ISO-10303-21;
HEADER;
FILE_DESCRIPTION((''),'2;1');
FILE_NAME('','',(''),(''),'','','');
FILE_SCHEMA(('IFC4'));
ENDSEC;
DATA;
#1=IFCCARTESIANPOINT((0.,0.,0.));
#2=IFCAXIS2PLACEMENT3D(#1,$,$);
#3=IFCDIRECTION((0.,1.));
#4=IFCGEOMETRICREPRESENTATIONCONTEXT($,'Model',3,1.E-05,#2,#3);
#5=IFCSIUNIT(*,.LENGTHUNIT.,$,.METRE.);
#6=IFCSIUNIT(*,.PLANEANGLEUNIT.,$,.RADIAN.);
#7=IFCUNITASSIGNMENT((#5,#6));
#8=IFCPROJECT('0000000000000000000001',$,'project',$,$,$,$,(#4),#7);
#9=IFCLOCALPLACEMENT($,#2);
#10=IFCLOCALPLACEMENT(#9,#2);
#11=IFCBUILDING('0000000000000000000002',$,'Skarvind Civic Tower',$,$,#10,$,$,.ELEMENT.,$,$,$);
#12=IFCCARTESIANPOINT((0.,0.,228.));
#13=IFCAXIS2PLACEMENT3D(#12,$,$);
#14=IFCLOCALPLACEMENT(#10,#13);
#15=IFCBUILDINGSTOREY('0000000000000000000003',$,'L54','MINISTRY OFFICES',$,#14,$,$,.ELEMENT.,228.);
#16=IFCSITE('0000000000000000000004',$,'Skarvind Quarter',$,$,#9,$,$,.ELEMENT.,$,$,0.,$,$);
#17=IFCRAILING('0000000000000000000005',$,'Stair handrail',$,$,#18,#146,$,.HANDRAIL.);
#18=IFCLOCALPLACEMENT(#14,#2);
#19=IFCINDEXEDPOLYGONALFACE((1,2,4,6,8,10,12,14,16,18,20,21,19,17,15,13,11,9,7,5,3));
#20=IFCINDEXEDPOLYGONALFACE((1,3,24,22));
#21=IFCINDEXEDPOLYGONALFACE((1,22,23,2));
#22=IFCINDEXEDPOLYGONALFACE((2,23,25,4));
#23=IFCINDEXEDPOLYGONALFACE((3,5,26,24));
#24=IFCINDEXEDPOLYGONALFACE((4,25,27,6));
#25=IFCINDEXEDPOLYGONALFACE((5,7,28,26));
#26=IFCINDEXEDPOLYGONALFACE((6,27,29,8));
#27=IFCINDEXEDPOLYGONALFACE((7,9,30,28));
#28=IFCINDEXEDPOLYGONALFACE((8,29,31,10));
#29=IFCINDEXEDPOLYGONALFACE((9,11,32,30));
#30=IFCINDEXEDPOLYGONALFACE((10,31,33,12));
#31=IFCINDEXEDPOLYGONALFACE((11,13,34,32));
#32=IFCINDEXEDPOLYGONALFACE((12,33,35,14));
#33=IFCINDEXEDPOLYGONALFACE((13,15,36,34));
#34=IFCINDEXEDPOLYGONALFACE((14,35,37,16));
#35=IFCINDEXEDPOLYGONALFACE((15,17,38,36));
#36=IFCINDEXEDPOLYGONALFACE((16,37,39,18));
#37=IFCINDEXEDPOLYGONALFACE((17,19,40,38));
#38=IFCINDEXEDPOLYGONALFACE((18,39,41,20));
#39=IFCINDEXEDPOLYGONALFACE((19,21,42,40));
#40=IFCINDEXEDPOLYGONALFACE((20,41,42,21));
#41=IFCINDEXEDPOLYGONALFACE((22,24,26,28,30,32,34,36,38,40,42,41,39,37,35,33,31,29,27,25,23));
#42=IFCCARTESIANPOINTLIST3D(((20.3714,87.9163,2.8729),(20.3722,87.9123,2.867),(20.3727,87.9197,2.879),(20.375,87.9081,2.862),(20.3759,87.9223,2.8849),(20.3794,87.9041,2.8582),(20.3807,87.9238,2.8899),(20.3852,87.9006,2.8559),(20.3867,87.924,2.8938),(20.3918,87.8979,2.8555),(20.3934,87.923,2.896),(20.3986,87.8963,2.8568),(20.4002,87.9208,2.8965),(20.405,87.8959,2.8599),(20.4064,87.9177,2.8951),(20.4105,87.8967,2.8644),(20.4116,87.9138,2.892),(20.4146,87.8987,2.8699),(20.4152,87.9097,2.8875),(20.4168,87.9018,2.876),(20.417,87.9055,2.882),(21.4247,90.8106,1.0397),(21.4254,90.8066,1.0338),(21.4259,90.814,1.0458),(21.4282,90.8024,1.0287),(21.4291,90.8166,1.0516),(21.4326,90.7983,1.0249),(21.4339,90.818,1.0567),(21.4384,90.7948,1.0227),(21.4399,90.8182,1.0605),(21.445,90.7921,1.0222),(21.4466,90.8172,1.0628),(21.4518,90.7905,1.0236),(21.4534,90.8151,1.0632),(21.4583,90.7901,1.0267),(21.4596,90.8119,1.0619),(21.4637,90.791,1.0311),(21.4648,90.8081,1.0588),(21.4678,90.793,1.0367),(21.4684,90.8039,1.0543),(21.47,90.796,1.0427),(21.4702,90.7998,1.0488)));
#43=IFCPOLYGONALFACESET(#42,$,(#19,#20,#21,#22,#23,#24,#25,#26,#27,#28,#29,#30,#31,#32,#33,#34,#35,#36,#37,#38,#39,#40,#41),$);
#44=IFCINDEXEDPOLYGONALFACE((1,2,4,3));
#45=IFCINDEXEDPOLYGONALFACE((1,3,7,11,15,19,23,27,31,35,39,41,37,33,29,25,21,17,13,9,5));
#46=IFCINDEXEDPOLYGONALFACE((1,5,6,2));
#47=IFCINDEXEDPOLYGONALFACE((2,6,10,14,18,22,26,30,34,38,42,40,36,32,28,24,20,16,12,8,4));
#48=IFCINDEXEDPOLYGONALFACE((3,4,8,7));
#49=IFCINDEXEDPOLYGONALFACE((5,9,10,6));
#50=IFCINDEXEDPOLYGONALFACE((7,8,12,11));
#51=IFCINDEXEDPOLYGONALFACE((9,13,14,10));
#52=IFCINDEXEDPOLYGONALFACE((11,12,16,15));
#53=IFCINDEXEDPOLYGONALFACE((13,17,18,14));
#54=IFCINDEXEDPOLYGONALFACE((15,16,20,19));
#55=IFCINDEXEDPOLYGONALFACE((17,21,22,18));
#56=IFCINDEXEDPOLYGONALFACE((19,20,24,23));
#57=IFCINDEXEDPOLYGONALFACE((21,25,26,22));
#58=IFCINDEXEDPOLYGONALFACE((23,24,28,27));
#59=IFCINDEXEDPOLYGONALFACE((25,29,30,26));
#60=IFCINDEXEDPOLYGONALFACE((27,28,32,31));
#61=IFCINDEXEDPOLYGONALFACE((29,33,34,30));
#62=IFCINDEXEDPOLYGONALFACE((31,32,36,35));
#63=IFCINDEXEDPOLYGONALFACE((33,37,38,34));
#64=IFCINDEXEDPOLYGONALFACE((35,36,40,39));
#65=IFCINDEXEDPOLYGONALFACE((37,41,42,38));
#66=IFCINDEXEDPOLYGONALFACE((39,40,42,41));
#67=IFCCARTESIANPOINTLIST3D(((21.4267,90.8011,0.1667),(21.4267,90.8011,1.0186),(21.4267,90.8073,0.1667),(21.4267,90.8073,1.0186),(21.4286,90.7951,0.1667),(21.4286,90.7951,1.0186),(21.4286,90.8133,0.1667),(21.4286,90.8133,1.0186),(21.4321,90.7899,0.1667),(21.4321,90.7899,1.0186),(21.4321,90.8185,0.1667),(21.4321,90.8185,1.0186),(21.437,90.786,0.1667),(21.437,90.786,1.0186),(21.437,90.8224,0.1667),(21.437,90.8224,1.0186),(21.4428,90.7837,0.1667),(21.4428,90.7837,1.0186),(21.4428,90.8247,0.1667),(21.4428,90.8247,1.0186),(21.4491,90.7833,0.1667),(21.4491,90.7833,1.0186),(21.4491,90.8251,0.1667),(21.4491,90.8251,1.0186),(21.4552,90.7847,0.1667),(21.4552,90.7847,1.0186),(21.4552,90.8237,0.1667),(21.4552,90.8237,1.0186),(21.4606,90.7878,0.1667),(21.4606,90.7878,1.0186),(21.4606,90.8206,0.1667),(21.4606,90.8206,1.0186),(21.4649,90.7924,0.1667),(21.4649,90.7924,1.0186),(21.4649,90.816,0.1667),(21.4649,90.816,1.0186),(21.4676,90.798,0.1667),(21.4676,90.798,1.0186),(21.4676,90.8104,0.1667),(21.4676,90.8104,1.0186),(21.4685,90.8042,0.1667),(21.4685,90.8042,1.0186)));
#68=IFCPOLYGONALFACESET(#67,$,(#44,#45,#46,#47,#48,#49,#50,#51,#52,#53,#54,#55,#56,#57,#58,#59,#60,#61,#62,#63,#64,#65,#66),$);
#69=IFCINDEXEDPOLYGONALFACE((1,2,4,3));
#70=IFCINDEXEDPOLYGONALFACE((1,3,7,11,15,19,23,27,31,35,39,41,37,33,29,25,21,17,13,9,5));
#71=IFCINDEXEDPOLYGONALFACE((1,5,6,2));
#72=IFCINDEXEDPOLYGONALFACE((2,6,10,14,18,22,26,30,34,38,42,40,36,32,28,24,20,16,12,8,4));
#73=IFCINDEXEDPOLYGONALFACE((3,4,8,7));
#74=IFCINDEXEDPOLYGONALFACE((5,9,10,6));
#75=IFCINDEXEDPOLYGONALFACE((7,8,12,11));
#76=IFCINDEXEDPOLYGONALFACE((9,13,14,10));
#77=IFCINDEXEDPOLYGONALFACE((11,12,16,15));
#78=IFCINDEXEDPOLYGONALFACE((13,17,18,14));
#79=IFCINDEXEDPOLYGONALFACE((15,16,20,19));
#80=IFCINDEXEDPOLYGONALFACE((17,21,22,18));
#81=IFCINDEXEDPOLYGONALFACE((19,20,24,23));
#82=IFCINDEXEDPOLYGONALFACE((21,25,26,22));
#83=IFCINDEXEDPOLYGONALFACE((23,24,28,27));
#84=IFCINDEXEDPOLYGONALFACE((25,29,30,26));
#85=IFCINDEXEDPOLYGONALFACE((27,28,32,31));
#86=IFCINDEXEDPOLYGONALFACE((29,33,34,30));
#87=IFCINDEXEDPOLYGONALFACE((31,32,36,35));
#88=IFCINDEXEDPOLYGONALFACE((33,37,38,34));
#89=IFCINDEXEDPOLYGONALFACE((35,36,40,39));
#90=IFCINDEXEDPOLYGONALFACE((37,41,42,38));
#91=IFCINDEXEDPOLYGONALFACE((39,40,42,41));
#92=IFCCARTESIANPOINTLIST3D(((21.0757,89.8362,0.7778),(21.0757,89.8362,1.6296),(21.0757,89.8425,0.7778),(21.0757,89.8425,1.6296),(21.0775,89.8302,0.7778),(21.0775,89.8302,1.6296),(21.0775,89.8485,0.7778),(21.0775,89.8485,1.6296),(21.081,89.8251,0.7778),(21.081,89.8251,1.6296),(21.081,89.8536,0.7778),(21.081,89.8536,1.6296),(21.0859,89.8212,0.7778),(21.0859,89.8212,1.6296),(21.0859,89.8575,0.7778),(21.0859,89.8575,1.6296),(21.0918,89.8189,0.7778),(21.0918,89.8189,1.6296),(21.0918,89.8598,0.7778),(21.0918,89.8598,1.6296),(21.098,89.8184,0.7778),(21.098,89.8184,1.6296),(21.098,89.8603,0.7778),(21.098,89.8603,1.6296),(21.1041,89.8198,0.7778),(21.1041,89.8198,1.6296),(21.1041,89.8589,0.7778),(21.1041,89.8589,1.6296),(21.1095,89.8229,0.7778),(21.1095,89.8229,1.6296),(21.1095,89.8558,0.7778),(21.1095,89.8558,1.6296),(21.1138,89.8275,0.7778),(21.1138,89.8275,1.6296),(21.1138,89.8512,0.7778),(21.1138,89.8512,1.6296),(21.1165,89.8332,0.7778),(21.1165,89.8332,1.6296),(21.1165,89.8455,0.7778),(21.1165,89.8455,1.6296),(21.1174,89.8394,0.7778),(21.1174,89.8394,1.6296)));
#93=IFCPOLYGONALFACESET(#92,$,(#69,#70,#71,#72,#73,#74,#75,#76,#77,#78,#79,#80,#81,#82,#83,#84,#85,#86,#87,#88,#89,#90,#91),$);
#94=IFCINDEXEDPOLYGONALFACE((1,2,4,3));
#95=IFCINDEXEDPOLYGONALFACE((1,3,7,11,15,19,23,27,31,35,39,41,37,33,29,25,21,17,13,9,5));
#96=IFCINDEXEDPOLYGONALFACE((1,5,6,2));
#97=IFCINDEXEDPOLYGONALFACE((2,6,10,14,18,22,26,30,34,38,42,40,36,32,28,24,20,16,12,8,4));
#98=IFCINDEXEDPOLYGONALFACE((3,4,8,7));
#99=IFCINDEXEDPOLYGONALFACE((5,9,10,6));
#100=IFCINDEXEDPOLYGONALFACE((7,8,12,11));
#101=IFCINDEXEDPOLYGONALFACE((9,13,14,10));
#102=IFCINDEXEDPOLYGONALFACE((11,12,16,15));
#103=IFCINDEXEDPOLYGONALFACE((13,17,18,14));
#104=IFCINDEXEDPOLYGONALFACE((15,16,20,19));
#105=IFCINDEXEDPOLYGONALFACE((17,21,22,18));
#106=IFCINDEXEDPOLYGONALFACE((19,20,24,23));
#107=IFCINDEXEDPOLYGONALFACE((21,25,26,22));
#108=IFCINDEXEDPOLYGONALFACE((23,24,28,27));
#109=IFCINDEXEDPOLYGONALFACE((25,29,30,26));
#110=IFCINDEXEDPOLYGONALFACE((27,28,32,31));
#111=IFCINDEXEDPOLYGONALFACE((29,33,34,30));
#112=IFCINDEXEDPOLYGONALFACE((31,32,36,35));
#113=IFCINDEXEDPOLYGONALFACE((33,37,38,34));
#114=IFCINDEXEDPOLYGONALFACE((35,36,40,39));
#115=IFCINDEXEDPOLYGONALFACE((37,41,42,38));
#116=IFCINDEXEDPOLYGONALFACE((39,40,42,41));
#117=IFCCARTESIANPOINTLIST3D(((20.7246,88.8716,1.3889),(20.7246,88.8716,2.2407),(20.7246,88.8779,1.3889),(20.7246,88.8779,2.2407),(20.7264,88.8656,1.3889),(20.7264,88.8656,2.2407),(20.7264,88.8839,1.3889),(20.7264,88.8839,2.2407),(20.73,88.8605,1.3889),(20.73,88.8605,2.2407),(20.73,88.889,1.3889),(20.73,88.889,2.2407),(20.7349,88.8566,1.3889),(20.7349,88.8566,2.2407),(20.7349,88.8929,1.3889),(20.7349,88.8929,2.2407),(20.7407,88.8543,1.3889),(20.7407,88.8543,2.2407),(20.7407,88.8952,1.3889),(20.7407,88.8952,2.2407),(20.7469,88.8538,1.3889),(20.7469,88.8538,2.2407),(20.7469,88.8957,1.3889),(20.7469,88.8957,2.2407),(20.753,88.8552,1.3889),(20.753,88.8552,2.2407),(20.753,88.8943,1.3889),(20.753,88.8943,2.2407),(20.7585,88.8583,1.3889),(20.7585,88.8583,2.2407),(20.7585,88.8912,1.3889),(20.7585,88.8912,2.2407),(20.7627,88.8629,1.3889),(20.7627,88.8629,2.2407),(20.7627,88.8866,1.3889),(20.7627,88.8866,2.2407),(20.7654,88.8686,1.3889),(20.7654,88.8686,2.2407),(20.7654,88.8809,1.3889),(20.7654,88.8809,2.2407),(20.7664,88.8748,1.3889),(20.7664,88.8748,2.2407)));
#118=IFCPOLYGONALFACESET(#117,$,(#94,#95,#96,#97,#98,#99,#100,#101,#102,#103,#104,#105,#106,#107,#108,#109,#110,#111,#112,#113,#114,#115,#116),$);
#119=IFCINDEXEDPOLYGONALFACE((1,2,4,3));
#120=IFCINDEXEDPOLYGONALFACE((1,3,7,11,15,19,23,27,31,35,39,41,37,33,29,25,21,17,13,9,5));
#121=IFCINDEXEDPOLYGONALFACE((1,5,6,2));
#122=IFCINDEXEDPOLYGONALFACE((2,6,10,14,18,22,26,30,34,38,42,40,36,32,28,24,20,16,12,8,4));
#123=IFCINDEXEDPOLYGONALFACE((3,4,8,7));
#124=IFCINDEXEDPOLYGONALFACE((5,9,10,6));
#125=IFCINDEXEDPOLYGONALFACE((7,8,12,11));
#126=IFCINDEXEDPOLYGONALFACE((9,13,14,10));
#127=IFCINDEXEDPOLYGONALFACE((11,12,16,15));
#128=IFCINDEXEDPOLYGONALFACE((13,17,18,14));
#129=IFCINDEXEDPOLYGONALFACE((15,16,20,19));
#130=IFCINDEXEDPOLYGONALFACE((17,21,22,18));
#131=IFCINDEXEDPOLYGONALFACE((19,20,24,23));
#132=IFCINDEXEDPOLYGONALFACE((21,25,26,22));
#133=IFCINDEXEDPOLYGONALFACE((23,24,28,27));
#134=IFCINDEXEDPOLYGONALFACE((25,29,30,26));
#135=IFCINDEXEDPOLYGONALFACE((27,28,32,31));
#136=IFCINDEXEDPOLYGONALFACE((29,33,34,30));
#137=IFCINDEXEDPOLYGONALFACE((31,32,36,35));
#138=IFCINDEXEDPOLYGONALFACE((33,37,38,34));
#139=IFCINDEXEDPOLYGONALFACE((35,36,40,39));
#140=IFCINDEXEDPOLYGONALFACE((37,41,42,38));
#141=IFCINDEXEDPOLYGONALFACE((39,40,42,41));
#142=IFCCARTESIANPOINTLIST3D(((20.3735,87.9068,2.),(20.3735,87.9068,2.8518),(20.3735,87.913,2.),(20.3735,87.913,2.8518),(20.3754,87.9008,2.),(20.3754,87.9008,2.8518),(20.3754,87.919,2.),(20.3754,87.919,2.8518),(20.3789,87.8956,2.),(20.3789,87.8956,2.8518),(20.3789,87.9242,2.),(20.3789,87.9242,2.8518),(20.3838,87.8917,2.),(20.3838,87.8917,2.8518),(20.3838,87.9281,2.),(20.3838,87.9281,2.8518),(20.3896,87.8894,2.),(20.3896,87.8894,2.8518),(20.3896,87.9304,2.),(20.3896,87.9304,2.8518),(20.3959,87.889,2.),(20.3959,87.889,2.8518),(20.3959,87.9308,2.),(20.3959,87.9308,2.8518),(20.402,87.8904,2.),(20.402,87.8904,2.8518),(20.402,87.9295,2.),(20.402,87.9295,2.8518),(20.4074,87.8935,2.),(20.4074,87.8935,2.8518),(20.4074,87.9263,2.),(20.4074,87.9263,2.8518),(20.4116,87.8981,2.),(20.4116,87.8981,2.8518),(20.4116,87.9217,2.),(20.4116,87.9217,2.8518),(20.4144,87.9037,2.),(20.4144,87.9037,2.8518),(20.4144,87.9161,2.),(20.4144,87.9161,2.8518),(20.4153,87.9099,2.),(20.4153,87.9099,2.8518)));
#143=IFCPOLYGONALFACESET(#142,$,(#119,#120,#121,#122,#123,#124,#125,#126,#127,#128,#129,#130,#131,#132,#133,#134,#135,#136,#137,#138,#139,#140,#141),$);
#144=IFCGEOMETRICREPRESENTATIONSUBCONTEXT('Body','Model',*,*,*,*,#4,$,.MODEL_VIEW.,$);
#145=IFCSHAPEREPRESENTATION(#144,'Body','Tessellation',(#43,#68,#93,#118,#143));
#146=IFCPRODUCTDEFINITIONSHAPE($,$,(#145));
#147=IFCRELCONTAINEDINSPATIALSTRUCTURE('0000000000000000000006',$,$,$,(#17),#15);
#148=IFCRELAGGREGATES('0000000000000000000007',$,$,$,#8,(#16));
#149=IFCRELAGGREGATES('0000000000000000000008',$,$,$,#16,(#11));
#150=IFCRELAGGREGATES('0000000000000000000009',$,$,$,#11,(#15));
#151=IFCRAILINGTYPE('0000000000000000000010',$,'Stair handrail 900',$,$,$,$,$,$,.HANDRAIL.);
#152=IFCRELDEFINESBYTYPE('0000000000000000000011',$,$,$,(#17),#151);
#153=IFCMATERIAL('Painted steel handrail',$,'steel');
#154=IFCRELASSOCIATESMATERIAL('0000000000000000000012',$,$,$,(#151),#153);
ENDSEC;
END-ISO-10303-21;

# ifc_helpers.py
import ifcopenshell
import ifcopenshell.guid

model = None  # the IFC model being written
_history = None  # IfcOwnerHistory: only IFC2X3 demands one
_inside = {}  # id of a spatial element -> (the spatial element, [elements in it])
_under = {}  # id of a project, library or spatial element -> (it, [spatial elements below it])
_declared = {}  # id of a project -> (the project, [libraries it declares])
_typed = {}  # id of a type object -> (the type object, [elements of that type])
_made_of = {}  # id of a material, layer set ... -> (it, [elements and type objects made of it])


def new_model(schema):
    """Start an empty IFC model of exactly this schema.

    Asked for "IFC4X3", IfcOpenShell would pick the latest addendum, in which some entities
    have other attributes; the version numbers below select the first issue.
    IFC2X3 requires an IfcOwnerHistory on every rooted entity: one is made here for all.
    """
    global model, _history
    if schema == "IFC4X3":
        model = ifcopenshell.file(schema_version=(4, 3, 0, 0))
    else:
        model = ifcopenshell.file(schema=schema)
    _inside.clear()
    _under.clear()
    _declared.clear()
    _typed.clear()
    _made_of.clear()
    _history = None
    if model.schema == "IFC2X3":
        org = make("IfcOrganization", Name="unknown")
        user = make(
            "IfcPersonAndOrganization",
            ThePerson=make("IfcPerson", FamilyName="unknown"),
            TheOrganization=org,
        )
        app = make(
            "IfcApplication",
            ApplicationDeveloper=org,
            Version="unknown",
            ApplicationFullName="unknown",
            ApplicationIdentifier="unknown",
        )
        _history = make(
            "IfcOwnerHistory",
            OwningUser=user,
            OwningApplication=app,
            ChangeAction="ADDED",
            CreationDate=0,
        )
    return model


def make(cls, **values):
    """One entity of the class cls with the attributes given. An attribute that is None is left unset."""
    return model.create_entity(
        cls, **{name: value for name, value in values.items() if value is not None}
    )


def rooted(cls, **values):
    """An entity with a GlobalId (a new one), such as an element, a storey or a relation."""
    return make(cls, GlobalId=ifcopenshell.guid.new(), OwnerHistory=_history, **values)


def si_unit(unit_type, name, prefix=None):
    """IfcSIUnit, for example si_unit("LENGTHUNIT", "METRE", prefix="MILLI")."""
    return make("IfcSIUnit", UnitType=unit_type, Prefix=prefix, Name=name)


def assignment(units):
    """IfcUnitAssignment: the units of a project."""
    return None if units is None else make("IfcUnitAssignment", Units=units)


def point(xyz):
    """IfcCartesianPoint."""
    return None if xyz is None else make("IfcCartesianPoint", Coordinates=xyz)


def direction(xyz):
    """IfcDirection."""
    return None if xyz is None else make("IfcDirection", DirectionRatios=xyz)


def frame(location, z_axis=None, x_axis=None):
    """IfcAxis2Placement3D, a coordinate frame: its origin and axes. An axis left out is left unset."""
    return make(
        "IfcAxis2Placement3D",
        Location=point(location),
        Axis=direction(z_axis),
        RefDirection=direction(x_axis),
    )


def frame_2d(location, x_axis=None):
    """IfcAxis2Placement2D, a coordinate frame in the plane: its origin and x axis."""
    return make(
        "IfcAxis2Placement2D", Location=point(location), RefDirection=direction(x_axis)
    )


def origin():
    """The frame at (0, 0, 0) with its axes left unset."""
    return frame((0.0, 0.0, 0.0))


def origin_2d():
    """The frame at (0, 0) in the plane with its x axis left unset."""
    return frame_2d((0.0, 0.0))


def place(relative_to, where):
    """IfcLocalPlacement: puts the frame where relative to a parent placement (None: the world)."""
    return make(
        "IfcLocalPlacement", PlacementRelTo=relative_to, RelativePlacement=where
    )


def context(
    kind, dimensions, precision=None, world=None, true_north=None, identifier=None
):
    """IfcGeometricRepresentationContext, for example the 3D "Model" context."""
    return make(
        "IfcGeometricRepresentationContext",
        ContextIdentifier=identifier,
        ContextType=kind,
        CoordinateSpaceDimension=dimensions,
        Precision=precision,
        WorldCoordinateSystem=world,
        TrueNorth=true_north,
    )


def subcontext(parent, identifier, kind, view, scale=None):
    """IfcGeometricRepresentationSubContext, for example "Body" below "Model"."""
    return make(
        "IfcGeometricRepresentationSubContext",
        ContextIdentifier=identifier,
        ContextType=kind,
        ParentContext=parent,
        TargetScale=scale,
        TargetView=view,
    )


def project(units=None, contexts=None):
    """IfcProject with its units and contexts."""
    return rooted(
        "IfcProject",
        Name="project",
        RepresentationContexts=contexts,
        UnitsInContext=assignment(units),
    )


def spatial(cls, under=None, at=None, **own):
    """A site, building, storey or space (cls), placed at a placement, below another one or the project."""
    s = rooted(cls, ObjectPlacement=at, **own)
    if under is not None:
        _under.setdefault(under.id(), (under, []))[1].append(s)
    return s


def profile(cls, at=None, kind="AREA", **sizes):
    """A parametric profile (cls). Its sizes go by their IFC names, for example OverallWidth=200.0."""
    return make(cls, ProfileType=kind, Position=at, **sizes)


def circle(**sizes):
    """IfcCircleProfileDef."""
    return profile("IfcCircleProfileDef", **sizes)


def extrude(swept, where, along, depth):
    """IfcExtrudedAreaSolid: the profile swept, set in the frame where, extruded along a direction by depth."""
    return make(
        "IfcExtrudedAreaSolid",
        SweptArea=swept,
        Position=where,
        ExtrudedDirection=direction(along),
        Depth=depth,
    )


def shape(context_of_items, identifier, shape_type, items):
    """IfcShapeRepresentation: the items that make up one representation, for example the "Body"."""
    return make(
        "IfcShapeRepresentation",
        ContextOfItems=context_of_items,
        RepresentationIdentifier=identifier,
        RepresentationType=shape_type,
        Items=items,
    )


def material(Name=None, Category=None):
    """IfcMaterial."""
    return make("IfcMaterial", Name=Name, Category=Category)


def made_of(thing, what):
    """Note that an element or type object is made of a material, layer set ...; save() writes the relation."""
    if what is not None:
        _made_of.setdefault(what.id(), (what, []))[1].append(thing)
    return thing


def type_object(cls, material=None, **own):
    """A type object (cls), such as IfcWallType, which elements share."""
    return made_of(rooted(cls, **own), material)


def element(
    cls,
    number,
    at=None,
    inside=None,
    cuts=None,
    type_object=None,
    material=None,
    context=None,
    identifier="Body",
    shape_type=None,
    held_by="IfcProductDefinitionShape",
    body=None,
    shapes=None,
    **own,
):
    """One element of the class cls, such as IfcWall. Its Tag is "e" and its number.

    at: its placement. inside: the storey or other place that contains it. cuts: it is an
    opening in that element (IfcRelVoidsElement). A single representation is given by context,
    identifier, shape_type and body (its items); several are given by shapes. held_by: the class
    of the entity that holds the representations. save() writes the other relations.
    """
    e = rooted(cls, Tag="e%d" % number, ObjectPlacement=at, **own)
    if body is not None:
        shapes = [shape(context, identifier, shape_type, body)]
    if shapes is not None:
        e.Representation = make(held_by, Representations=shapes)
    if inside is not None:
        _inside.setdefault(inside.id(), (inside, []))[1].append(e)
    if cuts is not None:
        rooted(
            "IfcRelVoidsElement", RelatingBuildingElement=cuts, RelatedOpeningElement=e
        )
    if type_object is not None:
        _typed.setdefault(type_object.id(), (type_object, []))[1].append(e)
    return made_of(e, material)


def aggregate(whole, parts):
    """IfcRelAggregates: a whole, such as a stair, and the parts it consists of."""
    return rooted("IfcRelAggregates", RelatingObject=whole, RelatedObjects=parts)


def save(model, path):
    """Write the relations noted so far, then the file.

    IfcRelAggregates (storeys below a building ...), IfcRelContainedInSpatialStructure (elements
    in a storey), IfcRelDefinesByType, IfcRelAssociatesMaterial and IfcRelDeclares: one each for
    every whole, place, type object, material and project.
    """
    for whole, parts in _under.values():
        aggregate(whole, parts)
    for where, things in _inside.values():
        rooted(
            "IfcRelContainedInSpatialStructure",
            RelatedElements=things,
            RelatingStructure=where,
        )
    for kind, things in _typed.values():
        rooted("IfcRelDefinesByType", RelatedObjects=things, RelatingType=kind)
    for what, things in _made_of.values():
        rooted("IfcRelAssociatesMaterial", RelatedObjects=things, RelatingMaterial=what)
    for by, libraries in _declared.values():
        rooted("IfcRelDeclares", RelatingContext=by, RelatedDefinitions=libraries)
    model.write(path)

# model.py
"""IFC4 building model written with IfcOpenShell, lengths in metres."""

from ifc_helpers import new_model, si_unit, direction, frame, origin, origin_2d, place, context, subcontext, project, spatial, circle, extrude, material, type_object, element, save


model = new_model("IFC4")

# Units and contexts
model_context = context("Model", 3, precision=1e-05, world=origin(), true_north=direction((0.0, 1.0)))
body_context = subcontext(model_context, "Body", "Model", "MODEL_VIEW")
ifc_project = project(units=[si_unit("LENGTHUNIT", "METRE"), si_unit("PLANEANGLEUNIT", "RADIAN")], contexts=[model_context])

# Site, building, storey
site_placement = place(None, origin())
site = spatial("IfcSite", under=ifc_project, at=site_placement, Name="Skarvind Quarter", CompositionType="ELEMENT", RefElevation=0.0)
building_placement = place(site_placement, origin())
building = spatial("IfcBuilding", under=site, at=building_placement, Name="Skarvind Civic Tower", CompositionType="ELEMENT")
storey_placement = place(building_placement, frame((0.0, 0.0, 228.0)))
storey = spatial("IfcBuildingStorey", under=building, at=storey_placement, Name="L54", Description="MINISTRY OFFICES", CompositionType="ELEMENT", Elevation=228.0)

# Railing
ifc_material_1 = material(Name="Painted steel handrail", Category="steel")
railing_type = type_object("IfcRailingType", Name="Stair handrail 900", PredefinedType="HANDRAIL", material=ifc_material_1)
railing_1_placement = place(storey_placement, frame((21.4475, 90.8042, 0.1667)))
element("IfcRailing", 1, at=railing_1_placement, inside=storey, type_object=railing_type, Name="Stair handrail", PredefinedType="HANDRAIL", context=body_context, shape_type="SweptSolid", body=[
    extrude(circle(Radius=0.0239, at=origin_2d()), frame((0.0, 0.0, 0.876), z_axis=(-0.293846, -0.807497, 0.511472), x_axis=(0.939715, -0.341959, 0.0)), (0.0, 0.0, 1.0), 3.5842),
    extrude(circle(Radius=0.021, at=origin_2d()), origin(), (0.0, 0.0, 1.0), 0.8518),
    extrude(circle(Radius=0.021, at=origin_2d()), frame((-0.3511, -0.9648, 0.6111)), (0.0, 0.0, 1.0), 0.8518),
    extrude(circle(Radius=0.021, at=origin_2d()), frame((-0.7021, -1.9294, 1.2222)), (0.0, 0.0, 1.0), 0.8518),
    extrude(circle(Radius=0.021, at=origin_2d()), frame((-1.0532, -2.8943, 1.8333)), (0.0, 0.0, 1.0), 0.8518),
])

save(model, "model.ifc")
